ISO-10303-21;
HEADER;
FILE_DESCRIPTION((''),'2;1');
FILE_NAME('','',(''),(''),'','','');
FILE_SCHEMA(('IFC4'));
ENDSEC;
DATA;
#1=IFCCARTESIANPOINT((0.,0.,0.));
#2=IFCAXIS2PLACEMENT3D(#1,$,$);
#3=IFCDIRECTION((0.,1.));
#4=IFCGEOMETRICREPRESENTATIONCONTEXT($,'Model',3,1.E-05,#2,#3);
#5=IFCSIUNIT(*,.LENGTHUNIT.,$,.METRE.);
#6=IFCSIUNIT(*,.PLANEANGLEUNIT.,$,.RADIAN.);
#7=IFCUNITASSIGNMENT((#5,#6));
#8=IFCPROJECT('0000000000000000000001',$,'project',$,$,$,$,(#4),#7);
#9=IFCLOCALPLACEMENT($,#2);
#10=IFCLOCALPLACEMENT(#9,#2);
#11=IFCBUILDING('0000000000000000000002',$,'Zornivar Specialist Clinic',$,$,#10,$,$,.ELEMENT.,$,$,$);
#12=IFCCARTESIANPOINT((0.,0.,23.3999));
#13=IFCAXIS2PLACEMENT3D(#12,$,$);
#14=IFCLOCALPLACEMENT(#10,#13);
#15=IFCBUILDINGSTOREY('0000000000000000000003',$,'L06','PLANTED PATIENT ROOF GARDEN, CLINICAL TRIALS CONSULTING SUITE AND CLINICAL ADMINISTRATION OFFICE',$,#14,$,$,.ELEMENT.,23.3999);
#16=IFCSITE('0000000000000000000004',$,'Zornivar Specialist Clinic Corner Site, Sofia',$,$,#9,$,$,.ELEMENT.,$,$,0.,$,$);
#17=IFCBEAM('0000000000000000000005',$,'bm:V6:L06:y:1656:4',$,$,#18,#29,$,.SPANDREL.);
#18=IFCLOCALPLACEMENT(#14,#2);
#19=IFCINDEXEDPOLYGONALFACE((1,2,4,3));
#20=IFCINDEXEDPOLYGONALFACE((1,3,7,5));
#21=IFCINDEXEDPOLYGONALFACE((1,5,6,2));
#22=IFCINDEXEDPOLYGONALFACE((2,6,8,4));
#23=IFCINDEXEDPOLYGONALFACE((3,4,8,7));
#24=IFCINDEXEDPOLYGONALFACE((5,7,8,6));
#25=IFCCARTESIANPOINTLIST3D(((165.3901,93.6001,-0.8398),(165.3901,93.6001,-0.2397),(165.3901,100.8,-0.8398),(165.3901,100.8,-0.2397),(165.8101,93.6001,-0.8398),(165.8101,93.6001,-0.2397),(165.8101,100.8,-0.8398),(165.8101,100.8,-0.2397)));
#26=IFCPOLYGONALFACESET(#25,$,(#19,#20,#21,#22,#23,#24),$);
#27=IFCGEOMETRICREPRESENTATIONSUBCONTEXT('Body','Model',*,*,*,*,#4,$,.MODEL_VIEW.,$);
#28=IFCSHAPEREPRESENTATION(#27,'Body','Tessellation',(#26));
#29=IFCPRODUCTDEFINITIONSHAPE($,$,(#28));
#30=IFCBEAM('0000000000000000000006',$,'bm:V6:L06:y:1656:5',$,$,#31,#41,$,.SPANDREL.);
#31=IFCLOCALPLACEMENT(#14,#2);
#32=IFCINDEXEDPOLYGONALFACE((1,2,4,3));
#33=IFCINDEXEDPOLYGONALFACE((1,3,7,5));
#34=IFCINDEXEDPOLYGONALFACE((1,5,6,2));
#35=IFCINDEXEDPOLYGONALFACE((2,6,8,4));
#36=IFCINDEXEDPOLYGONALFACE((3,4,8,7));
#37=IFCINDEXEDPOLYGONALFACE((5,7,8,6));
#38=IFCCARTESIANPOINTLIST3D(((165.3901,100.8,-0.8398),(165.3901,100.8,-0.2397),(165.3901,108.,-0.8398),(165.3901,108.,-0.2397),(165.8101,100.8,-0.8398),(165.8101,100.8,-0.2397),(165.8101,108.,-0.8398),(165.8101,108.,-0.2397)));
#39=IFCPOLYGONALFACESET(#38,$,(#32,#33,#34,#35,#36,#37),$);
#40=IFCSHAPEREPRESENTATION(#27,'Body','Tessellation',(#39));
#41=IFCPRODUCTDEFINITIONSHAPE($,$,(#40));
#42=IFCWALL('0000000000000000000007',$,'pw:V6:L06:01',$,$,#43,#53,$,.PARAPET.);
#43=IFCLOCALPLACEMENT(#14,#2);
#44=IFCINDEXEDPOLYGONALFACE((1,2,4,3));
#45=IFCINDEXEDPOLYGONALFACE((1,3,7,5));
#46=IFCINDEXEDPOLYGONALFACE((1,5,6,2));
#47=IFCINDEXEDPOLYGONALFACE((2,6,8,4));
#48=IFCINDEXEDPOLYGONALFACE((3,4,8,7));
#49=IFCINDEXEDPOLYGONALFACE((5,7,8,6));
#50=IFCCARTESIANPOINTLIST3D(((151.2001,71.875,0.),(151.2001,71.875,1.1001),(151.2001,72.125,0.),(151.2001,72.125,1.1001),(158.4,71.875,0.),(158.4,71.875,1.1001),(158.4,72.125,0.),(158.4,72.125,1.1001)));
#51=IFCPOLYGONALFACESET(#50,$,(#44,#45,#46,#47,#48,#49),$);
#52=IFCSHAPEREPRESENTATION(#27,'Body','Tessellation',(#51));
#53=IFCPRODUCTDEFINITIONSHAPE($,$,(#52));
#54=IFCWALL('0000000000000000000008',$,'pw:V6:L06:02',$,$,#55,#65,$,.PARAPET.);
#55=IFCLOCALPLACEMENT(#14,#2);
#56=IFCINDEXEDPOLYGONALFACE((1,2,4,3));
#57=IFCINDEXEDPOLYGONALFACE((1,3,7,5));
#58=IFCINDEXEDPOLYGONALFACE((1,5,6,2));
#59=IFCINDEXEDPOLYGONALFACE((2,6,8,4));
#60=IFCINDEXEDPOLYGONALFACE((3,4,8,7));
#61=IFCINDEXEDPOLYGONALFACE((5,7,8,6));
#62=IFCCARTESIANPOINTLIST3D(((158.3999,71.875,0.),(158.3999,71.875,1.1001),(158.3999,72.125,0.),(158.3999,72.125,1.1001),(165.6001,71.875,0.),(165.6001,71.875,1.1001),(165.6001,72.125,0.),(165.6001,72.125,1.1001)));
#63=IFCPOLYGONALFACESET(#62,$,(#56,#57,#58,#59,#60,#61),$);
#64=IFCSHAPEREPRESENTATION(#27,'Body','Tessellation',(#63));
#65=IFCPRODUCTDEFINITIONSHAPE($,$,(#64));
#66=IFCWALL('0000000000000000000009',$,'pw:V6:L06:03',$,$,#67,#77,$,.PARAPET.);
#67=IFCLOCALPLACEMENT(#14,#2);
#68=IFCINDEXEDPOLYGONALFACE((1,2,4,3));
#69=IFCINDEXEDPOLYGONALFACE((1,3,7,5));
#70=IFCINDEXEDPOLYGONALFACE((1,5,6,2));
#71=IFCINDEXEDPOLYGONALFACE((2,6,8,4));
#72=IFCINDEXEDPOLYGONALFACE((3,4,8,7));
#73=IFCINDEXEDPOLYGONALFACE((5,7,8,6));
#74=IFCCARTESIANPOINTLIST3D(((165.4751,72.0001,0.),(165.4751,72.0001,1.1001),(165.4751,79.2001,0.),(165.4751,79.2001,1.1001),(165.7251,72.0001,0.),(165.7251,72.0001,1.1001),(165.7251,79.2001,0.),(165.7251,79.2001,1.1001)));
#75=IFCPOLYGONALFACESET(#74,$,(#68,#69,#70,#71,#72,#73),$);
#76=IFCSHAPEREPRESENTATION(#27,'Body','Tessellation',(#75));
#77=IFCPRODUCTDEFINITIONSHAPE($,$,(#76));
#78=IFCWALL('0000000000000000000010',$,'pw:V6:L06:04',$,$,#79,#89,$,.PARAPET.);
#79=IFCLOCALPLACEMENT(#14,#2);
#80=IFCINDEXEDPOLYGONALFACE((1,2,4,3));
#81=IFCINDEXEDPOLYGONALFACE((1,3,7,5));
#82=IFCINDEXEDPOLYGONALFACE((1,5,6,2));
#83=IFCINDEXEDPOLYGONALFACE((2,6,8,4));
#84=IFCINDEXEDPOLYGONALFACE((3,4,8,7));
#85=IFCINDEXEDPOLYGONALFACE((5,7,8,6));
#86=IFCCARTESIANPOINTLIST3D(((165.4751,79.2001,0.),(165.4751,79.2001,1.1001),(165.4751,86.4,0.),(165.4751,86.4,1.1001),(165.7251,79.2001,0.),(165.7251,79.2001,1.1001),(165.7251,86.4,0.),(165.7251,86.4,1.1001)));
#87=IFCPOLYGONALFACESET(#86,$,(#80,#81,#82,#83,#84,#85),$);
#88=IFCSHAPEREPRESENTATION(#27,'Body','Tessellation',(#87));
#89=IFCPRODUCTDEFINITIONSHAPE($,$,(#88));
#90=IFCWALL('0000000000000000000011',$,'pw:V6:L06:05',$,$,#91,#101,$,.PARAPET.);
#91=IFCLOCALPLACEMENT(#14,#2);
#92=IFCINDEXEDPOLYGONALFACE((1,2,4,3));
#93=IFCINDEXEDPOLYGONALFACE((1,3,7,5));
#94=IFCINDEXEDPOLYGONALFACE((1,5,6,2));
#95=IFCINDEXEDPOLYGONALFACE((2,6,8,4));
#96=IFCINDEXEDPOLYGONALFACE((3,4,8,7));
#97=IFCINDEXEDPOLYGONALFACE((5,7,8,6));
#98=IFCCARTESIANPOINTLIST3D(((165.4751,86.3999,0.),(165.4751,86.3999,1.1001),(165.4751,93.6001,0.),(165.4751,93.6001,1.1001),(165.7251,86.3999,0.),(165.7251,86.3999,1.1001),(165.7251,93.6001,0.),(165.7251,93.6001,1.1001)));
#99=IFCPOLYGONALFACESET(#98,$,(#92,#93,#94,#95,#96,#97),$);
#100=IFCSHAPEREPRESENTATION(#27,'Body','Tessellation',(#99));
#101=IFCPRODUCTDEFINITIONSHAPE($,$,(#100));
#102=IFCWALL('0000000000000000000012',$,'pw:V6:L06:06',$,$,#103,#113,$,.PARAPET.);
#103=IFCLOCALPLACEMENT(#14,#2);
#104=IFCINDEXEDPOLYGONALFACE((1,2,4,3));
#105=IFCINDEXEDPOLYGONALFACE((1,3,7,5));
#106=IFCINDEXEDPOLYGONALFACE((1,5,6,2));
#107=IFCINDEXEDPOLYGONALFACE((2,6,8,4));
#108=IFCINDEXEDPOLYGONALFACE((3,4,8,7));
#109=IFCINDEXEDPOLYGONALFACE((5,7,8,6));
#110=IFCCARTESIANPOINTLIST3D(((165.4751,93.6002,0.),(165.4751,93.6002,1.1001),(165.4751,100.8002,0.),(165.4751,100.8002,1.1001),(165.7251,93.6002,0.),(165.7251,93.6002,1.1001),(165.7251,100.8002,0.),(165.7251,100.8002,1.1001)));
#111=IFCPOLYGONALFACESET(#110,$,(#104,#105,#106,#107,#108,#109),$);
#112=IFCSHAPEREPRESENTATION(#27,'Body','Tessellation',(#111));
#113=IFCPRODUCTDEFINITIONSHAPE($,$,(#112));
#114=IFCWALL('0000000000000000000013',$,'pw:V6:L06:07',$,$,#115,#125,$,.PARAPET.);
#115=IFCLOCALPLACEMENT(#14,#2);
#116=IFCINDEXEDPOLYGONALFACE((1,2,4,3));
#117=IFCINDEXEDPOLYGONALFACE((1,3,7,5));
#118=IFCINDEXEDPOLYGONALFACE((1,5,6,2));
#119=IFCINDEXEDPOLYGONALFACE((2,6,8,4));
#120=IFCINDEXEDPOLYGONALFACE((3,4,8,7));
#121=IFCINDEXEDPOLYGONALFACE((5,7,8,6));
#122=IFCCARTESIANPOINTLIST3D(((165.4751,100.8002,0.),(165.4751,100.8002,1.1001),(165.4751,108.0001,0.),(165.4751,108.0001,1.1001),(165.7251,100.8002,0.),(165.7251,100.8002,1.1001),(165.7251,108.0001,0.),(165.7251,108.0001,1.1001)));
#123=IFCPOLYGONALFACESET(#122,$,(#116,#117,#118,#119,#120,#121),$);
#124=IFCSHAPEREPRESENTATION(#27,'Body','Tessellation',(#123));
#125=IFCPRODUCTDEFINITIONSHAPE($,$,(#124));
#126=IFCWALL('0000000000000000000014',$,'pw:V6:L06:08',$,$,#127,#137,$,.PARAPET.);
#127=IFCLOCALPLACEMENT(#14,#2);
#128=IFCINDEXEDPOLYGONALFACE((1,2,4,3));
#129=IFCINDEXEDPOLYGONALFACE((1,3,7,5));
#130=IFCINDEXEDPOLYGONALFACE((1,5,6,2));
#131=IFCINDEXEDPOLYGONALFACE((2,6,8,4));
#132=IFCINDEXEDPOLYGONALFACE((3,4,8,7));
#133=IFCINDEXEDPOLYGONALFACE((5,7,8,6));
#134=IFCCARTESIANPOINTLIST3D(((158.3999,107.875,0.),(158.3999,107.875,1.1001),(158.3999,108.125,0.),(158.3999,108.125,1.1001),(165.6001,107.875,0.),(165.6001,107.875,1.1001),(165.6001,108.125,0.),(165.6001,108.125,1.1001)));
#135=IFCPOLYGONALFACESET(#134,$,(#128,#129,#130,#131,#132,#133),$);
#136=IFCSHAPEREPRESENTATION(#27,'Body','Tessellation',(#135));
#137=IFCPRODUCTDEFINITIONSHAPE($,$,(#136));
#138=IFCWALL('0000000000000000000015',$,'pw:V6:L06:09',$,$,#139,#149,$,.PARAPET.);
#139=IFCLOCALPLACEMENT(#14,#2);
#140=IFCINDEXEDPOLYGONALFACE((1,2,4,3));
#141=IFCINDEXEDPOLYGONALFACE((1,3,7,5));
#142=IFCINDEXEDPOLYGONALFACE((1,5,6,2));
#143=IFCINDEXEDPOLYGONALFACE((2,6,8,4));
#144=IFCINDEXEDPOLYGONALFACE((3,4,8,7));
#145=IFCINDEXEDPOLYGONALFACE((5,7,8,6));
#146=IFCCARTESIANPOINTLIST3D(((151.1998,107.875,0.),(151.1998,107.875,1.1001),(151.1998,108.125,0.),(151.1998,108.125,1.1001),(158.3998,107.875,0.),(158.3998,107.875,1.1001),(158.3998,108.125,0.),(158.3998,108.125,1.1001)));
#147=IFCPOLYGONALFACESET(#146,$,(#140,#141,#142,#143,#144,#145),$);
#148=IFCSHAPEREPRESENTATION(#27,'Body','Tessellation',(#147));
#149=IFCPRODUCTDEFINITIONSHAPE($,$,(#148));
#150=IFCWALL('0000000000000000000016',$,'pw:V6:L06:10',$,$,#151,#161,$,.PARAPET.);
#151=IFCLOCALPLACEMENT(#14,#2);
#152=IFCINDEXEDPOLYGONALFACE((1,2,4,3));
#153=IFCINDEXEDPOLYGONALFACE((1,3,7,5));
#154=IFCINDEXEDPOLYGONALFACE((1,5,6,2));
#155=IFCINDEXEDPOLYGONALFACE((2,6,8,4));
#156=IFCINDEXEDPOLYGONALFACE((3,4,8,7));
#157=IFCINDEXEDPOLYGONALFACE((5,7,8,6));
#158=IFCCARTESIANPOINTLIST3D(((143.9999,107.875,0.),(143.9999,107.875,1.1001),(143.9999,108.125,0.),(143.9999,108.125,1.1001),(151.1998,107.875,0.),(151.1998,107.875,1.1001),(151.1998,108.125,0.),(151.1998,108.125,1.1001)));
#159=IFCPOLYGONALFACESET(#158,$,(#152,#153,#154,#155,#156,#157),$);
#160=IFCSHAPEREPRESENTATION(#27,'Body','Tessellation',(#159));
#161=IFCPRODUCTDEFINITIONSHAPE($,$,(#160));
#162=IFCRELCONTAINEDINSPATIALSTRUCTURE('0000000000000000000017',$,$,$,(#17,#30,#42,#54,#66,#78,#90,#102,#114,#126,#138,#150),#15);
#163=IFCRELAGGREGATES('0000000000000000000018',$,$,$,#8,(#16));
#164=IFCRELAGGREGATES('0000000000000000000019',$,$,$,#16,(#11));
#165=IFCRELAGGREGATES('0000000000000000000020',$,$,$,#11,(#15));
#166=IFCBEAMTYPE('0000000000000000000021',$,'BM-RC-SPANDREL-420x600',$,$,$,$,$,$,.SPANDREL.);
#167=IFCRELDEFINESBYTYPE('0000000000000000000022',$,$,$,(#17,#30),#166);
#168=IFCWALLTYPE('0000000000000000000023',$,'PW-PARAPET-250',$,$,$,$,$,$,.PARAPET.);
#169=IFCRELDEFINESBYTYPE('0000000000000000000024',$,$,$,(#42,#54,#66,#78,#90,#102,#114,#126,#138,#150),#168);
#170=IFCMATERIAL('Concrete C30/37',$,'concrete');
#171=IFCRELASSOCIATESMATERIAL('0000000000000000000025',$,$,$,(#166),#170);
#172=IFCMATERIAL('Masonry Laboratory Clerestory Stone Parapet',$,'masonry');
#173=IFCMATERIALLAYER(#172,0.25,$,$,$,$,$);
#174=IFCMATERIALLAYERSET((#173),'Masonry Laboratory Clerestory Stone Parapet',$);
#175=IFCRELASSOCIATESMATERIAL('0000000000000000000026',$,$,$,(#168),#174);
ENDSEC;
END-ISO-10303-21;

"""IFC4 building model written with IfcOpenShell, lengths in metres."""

from ifc_helpers import new_model, si_unit, direction, frame, frame_2d, origin, origin_2d, place, context, subcontext, project, spatial, rectangle, extrude, material, layer, layer_set, material_profile, profile_set, type_object, element, save


model = new_model("IFC4")

# Units and contexts
model_context = context("Model", 3, precision=1e-05, world=origin(), true_north=direction((0.0, 1.0)))
body_context = subcontext(model_context, "Body", "Model", "MODEL_VIEW")
ifc_project = project(units=[si_unit("LENGTHUNIT", "METRE"), si_unit("PLANEANGLEUNIT", "RADIAN")], contexts=[model_context])

# Site, building, storey
site_placement = place(None, origin())
site = spatial("IfcSite", under=ifc_project, at=site_placement, Name="Zornivar Specialist Clinic Corner Site, Sofia", CompositionType="ELEMENT", RefElevation=0.0)
building_placement = place(site_placement, origin())
building = spatial("IfcBuilding", under=site, at=building_placement, Name="Zornivar Specialist Clinic", CompositionType="ELEMENT")
storey_placement = place(building_placement, frame((0.0, 0.0, 23.3999)))
storey = spatial("IfcBuildingStorey", under=building, at=storey_placement, Name="L06", Description="PLANTED PATIENT ROOF GARDEN, CLINICAL TRIALS CONSULTING SUITE AND CLINICAL ADMINISTRATION OFFICE", CompositionType="ELEMENT", Elevation=23.3999)

# Beams
ifc_material_1 = material(Name="Concrete C30/37", Category="concrete")
ifc_material_profile_1 = material_profile(ifc_material_1, rectangle(XDim=0.4199, YDim=0.6001, at=origin_2d()), Name="RC 420x600")
ifc_profile_set_1 = profile_set([ifc_material_profile_1], Name="Concrete C30/37")
beam_type_1 = type_object("IfcBeamType", Name="BM-RC-SPANDREL-420x600", PredefinedType="SPANDREL", material=ifc_profile_set_1)
for number, where, z_axis, x_axis, name in (
    (1, (165.6001, 93.6001, -0.5398), (0.0, 1.0, 0.0), (-1.0, 0.0, 0.0), "bm:V6:L06:y:1656:4"),
    (2, (165.6001, 100.8, -0.5398), (0.0, 1.0, 0.0), (-1.0, 0.0, 0.0), "bm:V6:L06:y:1656:5"),
):
    element("IfcBeam", number, at=place(storey_placement, frame(where, z_axis=z_axis, x_axis=x_axis)), inside=storey, type_object=beam_type_1, Name=name, PredefinedType="SPANDREL", context=body_context, shape_type="SweptSolid", body=[
        extrude(rectangle(XDim=0.4199, YDim=0.6001, at=origin_2d()), origin(), (0.0, 0.0, 1.0), 7.2),
    ])

# Walls
ifc_material_2 = material(Name="Masonry Laboratory Clerestory Stone Parapet", Category="masonry")
ifc_layer = layer(ifc_material_2, 0.25)
ifc_layer_set = layer_set([ifc_layer], Name="Masonry Laboratory Clerestory Stone Parapet")
wall_type = type_object("IfcWallType", Name="PW-PARAPET-250", PredefinedType="PARAPET", material=ifc_layer_set)
wall_1_placement = place(storey_placement, frame((151.2, 72.0, 0.0), z_axis=(0.0, 0.0, 1.0), x_axis=(1.0, 0.0, 0.0)))
element("IfcWall", 3, at=wall_1_placement, inside=storey, type_object=wall_type, Name="pw:V6:L06:01", PredefinedType="PARAPET", context=body_context, shape_type="SweptSolid", body=[
    extrude(rectangle(XDim=7.2, YDim=0.25, at=frame_2d((3.6001, 0.0))), origin(), (0.0, 0.0, 1.0), 1.1001),
])
wall_2_placement = place(storey_placement, frame((158.3999, 72.0, 0.0), z_axis=(0.0, 0.0, 1.0), x_axis=(1.0, 0.0, 0.0)))
element("IfcWall", 4, at=wall_2_placement, inside=storey, type_object=wall_type, Name="pw:V6:L06:02", PredefinedType="PARAPET", context=body_context, shape_type="SweptSolid", body=[
    extrude(rectangle(XDim=7.2002, YDim=0.25, at=frame_2d((3.6001, 0.0))), origin(), (0.0, 0.0, 1.0), 1.1001),
])
for number, where, z_axis, x_axis, name in (
    (5, (165.6001, 72.0, 0.0), (0.0, 0.0, 1.0), (0.0, 1.0, 0.0), "pw:V6:L06:03"),
    (6, (165.6001, 79.2, 0.0), (0.0, 0.0, 1.0), (0.0, 1.0, 0.0), "pw:V6:L06:04"),
):
    element("IfcWall", number, at=place(storey_placement, frame(where, z_axis=z_axis, x_axis=x_axis)), inside=storey, type_object=wall_type, Name=name, PredefinedType="PARAPET", context=body_context, shape_type="SweptSolid", body=[
        extrude(rectangle(XDim=7.2, YDim=0.25, at=frame_2d((3.6001, 0.0))), origin(), (0.0, 0.0, 1.0), 1.1001),
    ])
wall_3_placement = place(storey_placement, frame((165.6001, 86.3999, 0.0), z_axis=(0.0, 0.0, 1.0), x_axis=(0.0, 1.0, 0.0)))
element("IfcWall", 7, at=wall_3_placement, inside=storey, type_object=wall_type, Name="pw:V6:L06:05", PredefinedType="PARAPET", context=body_context, shape_type="SweptSolid", body=[
    extrude(rectangle(XDim=7.2002, YDim=0.25, at=frame_2d((3.6001, 0.0))), origin(), (0.0, 0.0, 1.0), 1.1001),
])
for number, where, z_axis, x_axis, name in (
    (8, (165.6001, 93.6001, 0.0), (0.0, 0.0, 1.0), (0.0, 1.0, 0.0), "pw:V6:L06:06"),
    (9, (165.6001, 100.8, 0.0), (0.0, 0.0, 1.0), (0.0, 1.0, 0.0), "pw:V6:L06:07"),
):
    element("IfcWall", number, at=place(storey_placement, frame(where, z_axis=z_axis, x_axis=x_axis)), inside=storey, type_object=wall_type, Name=name, PredefinedType="PARAPET", context=body_context, shape_type="SweptSolid", body=[
        extrude(rectangle(XDim=7.2, YDim=0.25, at=frame_2d((3.6001, 0.0))), origin(), (0.0, 0.0, 1.0), 1.1001),
    ])
wall_4_placement = place(storey_placement, frame((165.6001, 108.0, 0.0), z_axis=(0.0, 0.0, 1.0), x_axis=(-1.0, 0.0, 0.0)))
element("IfcWall", 10, at=wall_4_placement, inside=storey, type_object=wall_type, Name="pw:V6:L06:08", PredefinedType="PARAPET", context=body_context, shape_type="SweptSolid", body=[
    extrude(rectangle(XDim=7.2002, YDim=0.25, at=frame_2d((3.6001, 0.0))), origin(), (0.0, 0.0, 1.0), 1.1001),
])
for number, where, z_axis, x_axis, name in (
    (11, (158.3999, 108.0, 0.0), (0.0, 0.0, 1.0), (-1.0, 0.0, 0.0), "pw:V6:L06:09"),
    (12, (151.2, 108.0, 0.0), (0.0, 0.0, 1.0), (-1.0, 0.0, 0.0), "pw:V6:L06:10"),
):
    element("IfcWall", number, at=place(storey_placement, frame(where, z_axis=z_axis, x_axis=x_axis)), inside=storey, type_object=wall_type, Name=name, PredefinedType="PARAPET", context=body_context, shape_type="SweptSolid", body=[
        extrude(rectangle(XDim=7.2, YDim=0.25, at=frame_2d((3.6001, 0.0))), origin(), (0.0, 0.0, 1.0), 1.1001),
    ])

save(model, "model.ifc")
